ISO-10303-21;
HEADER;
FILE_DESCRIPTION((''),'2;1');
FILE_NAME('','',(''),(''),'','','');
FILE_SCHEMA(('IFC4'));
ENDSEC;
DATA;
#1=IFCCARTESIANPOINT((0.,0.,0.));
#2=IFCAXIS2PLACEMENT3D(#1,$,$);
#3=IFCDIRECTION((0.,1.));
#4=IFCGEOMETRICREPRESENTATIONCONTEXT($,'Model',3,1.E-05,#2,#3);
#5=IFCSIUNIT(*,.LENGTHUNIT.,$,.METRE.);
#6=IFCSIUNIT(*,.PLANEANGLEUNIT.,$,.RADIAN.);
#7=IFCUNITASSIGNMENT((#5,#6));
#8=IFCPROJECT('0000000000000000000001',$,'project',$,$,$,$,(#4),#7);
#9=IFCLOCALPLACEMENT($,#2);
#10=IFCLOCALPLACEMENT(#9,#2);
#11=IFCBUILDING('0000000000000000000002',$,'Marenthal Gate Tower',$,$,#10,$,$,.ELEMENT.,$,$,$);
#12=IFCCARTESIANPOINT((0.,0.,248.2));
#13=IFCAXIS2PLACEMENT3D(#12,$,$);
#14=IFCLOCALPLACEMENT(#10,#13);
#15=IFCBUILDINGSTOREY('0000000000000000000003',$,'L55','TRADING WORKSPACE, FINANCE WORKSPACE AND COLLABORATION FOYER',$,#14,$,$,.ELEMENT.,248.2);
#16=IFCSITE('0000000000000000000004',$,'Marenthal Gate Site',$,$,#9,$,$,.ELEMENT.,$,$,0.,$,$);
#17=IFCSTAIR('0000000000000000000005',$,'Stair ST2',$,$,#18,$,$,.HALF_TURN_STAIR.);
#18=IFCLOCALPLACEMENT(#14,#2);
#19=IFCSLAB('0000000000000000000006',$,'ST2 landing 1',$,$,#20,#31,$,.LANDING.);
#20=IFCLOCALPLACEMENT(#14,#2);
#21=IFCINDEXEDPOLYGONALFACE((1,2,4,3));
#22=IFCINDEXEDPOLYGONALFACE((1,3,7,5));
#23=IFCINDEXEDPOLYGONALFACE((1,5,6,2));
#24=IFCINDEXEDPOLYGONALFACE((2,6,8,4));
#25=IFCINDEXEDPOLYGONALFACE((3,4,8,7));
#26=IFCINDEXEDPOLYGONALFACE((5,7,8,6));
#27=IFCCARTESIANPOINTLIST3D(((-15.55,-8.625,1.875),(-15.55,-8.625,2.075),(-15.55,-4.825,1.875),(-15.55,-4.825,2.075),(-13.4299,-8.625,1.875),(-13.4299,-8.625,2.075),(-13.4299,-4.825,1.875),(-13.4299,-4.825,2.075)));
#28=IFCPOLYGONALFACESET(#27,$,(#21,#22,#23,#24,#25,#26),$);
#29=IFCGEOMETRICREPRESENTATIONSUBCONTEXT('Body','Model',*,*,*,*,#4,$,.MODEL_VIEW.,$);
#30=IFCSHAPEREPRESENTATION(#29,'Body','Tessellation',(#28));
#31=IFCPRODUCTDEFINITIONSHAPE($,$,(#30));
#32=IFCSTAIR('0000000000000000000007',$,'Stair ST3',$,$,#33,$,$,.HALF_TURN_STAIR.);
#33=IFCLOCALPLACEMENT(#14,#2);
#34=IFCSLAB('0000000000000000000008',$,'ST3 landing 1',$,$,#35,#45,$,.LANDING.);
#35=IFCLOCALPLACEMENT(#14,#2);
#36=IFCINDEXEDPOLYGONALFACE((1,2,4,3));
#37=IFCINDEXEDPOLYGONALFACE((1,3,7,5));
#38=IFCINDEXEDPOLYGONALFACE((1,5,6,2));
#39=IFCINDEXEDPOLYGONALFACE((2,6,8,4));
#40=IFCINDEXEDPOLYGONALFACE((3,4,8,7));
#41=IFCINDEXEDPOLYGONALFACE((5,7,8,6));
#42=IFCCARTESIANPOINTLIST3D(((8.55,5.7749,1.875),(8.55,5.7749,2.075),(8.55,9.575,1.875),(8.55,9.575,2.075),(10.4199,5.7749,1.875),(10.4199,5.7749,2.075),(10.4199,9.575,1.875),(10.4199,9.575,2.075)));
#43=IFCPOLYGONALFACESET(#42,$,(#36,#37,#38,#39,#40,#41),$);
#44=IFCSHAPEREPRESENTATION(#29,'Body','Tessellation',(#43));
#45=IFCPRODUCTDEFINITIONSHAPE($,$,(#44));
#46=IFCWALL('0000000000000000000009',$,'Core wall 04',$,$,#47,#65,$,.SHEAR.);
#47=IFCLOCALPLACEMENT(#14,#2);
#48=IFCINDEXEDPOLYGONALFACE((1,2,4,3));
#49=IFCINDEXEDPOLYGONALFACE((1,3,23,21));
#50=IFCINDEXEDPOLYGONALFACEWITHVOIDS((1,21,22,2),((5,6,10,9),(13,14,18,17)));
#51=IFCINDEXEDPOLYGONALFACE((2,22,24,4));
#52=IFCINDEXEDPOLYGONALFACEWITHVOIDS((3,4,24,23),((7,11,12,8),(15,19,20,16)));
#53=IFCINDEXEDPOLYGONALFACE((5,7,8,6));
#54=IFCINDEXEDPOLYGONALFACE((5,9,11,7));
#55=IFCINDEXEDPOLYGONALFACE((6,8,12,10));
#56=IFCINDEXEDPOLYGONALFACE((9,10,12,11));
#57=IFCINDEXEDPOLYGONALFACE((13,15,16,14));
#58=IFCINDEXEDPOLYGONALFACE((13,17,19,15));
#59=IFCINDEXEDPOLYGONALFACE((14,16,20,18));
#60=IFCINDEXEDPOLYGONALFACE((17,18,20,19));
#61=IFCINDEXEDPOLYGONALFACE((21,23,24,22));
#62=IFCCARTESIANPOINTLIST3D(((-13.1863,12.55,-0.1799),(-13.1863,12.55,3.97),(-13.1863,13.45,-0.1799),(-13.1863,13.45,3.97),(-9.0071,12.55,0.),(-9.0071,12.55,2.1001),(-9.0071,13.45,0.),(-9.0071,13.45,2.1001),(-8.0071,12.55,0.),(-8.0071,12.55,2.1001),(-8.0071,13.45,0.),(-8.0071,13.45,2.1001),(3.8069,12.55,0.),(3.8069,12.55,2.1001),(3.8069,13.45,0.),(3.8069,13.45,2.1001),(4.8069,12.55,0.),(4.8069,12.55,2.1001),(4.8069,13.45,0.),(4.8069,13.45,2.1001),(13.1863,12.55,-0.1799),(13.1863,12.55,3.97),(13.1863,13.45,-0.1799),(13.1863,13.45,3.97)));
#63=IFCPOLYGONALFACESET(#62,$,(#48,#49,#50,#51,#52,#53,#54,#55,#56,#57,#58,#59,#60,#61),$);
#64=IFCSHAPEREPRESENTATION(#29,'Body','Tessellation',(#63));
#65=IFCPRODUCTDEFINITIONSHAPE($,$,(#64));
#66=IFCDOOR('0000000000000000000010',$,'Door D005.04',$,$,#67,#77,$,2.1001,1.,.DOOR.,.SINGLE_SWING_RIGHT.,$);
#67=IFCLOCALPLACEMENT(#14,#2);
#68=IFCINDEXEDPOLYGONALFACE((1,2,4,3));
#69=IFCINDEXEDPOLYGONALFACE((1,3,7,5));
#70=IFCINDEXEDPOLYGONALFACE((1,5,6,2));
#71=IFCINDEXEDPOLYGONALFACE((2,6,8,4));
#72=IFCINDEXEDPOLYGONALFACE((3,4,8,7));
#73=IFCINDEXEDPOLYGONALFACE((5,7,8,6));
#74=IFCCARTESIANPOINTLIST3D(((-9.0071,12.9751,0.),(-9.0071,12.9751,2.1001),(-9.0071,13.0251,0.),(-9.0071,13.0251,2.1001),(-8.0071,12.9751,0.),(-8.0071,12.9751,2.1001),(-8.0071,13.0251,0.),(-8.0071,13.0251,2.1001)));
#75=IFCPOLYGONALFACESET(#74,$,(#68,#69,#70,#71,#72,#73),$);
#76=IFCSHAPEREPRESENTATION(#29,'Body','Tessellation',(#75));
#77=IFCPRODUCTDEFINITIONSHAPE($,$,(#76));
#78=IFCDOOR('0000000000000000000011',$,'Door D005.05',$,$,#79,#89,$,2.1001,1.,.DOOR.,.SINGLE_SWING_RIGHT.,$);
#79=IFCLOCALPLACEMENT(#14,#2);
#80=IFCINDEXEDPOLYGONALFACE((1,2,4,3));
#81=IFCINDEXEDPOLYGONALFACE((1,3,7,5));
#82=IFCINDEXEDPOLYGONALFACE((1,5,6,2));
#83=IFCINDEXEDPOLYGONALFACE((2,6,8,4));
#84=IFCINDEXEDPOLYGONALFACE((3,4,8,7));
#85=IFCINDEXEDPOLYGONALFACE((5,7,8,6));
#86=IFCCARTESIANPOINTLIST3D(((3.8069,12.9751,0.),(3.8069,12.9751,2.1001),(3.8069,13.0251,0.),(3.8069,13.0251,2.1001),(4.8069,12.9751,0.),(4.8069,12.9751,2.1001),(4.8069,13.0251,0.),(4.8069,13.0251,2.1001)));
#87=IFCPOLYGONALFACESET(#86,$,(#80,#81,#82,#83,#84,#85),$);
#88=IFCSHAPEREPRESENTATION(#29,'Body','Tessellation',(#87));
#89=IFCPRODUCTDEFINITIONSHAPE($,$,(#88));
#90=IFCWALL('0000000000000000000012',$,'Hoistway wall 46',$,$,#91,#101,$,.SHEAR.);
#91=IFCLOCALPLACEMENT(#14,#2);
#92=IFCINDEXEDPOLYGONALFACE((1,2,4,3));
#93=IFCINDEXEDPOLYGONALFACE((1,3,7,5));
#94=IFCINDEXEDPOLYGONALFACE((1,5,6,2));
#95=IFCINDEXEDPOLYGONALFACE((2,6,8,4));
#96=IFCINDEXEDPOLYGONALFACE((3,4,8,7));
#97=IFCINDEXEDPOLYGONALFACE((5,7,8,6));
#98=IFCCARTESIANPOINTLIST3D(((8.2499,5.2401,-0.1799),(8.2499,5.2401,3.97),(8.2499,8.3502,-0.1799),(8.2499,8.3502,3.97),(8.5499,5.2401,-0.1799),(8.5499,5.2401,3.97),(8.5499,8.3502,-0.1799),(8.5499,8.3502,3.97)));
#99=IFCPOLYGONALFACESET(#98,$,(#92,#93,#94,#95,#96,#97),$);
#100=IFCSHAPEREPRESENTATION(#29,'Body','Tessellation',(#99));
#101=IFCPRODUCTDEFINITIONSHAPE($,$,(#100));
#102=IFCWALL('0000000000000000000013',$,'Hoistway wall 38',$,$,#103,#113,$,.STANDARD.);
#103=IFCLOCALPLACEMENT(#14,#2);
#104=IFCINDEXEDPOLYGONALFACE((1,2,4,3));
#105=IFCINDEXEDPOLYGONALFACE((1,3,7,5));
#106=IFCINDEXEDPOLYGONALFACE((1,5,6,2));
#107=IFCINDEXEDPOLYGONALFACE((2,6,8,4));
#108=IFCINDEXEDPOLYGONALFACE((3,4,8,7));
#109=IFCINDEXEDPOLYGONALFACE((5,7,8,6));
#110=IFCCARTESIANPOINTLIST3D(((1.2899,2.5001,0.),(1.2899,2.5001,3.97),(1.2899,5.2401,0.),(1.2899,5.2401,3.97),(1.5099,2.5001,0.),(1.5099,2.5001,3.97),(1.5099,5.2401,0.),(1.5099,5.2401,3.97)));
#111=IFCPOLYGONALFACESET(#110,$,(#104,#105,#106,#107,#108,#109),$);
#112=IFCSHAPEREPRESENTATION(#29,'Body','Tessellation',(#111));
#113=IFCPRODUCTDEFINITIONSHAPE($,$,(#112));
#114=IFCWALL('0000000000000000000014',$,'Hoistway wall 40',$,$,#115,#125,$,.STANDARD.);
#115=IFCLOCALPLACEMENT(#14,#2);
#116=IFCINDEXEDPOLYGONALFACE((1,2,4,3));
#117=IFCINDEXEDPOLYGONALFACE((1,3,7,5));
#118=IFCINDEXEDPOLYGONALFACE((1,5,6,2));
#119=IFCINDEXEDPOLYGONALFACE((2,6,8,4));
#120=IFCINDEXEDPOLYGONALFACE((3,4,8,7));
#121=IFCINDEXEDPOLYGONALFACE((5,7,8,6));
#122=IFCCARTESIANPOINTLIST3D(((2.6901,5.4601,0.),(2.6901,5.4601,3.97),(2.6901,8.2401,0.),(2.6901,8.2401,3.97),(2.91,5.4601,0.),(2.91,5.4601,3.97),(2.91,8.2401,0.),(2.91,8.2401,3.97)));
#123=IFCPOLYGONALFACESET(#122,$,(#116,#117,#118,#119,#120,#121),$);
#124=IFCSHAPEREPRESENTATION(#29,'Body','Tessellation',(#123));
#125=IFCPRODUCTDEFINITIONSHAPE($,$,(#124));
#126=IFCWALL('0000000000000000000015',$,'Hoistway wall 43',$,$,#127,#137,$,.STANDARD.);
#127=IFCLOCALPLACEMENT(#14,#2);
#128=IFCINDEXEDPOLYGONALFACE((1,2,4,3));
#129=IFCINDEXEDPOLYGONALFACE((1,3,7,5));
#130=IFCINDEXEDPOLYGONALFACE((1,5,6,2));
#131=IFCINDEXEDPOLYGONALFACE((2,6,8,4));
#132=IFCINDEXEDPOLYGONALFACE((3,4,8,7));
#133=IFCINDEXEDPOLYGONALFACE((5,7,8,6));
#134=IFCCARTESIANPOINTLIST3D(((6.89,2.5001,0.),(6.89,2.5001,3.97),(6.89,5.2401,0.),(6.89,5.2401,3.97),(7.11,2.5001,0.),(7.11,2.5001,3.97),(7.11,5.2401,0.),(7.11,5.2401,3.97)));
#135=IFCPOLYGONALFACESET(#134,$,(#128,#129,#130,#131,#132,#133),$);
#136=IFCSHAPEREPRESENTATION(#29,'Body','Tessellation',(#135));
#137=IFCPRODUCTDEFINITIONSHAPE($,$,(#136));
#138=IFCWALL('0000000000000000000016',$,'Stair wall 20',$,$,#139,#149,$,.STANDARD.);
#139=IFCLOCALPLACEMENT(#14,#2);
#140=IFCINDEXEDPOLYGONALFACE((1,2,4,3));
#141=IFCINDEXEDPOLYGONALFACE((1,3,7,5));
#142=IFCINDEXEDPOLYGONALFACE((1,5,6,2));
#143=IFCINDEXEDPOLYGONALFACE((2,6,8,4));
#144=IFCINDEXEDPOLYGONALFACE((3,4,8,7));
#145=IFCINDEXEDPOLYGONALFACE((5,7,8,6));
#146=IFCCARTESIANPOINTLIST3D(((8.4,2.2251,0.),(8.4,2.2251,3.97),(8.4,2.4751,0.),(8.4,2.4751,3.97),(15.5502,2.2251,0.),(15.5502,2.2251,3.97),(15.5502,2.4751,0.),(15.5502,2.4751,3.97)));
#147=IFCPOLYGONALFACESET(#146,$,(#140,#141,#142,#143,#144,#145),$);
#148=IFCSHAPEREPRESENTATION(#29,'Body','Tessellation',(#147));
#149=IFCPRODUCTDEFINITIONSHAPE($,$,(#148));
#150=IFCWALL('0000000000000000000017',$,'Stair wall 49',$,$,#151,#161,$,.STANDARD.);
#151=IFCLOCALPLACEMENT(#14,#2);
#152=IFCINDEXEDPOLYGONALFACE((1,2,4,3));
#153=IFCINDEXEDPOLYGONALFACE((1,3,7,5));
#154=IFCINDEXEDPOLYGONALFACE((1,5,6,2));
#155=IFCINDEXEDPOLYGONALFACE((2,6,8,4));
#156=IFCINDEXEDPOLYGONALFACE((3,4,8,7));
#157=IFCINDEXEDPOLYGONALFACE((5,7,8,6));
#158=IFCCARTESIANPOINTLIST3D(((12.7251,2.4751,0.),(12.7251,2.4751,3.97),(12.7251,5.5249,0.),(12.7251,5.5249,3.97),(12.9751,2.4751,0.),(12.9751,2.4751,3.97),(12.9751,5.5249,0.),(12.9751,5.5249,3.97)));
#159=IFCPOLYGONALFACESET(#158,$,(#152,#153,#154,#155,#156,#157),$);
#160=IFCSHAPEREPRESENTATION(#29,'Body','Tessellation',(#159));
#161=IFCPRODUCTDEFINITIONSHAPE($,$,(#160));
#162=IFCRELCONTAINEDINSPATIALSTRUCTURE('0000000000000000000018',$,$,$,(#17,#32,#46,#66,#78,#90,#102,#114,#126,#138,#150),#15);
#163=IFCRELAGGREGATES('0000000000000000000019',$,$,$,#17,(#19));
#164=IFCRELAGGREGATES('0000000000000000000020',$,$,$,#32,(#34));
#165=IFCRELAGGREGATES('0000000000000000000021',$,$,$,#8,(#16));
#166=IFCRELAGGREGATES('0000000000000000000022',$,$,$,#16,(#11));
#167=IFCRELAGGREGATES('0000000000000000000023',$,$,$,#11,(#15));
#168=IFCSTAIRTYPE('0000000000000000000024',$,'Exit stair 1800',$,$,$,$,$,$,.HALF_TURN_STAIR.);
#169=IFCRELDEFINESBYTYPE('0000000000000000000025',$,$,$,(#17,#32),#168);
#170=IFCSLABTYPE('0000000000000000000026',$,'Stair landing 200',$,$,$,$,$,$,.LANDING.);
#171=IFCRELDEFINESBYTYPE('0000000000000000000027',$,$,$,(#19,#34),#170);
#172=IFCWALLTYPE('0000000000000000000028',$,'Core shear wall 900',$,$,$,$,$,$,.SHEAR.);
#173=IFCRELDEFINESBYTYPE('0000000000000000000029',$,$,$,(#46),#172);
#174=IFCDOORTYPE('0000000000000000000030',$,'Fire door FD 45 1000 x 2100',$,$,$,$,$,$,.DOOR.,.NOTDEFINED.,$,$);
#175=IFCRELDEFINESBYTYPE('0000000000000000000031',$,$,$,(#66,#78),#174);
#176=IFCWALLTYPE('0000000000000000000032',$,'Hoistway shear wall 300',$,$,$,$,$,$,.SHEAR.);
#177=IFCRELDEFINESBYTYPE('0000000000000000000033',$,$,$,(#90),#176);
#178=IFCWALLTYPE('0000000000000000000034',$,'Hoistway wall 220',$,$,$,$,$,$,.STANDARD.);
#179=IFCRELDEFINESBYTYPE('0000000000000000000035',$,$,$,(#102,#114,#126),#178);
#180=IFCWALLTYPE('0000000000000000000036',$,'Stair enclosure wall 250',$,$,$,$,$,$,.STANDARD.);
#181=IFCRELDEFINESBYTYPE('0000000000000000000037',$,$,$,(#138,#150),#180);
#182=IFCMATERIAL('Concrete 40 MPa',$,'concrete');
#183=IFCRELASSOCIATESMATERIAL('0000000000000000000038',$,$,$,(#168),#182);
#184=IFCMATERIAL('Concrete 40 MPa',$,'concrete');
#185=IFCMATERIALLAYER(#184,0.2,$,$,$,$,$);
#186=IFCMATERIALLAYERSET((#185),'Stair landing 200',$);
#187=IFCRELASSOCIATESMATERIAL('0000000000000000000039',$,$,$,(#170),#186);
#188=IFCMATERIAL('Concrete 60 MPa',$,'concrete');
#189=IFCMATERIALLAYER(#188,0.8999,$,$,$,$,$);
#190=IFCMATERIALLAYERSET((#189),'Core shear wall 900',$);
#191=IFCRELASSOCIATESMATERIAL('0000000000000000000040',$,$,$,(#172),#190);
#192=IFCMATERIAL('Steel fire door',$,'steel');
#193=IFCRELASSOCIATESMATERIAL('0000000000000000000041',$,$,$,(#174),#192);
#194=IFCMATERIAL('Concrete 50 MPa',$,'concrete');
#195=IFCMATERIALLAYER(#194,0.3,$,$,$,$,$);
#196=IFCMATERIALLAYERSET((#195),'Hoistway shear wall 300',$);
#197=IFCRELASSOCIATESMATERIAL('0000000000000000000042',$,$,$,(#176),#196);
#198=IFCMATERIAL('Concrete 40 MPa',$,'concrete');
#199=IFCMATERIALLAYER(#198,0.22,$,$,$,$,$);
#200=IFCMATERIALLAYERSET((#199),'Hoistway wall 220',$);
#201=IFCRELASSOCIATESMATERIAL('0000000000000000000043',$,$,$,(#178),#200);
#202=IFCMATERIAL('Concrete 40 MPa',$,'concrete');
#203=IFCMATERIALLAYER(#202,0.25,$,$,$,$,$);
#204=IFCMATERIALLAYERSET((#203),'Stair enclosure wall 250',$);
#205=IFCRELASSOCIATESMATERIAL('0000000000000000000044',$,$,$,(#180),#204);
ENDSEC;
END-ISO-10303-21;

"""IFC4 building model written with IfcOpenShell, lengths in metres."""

from ifc_helpers import new_model, si_unit, direction, frame, frame_2d, origin, place, context, subcontext, project, spatial, polyline, rectangle, outline, extrude, material, layer, layer_set, type_object, element, fill, aggregate, save


model = new_model("IFC4")

# Units and contexts
model_context = context("Model", 3, precision=1e-05, world=origin(), true_north=direction((0.0, 1.0)))
body_context = subcontext(model_context, "Body", "Model", "MODEL_VIEW")
ifc_project = project(units=[si_unit("LENGTHUNIT", "METRE"), si_unit("PLANEANGLEUNIT", "RADIAN")], contexts=[model_context])

# Site, building, storey
site_placement = place(None, origin())
site = spatial("IfcSite", under=ifc_project, at=site_placement, Name="Marenthal Gate Site", CompositionType="ELEMENT", RefElevation=0.0)
building_placement = place(site_placement, origin())
building = spatial("IfcBuilding", under=site, at=building_placement, Name="Marenthal Gate Tower", CompositionType="ELEMENT")
storey_placement = place(building_placement, frame((0.0, 0.0, 248.2)))
storey = spatial("IfcBuildingStorey", under=building, at=storey_placement, Name="L55", Description="TRADING WORKSPACE, FINANCE WORKSPACE AND COLLABORATION FOYER", CompositionType="ELEMENT", Elevation=248.2)

# Stairs, slabs
ifc_material_1 = material(Name="Concrete 40 MPa", Category="concrete")
stair_type = type_object("IfcStairType", Name="Exit stair 1800", PredefinedType="HALF_TURN_STAIR", material=ifc_material_1)
stair_1_placement = place(storey_placement, origin())
stair_1 = element("IfcStair", 1, at=stair_1_placement, inside=storey, type_object=stair_type, Name="Stair ST2", PredefinedType="HALF_TURN_STAIR")
ifc_material_2 = material(Name="Concrete 40 MPa", Category="concrete")
ifc_layer_1 = layer(ifc_material_2, 0.2)
ifc_layer_set_1 = layer_set([ifc_layer_1], Name="Stair landing 200")
slab_type = type_object("IfcSlabType", Name="Stair landing 200", PredefinedType="LANDING", material=ifc_layer_set_1)
slab_1_placement = place(storey_placement, frame((0.0, 0.0, 1.875)))
slab_1 = element("IfcSlab", 2, at=slab_1_placement, type_object=slab_type, Name="ST2 landing 1", PredefinedType="LANDING", context=body_context, shape_type="SweptSolid", body=[
    extrude(outline(polyline([(-15.55, -8.625), (-13.4299, -8.625), (-13.4299, -4.825), (-15.55, -4.825), (-15.55, -8.625)])), origin(), (0.0, 0.0, 1.0), 0.2),
])
aggregate(stair_1, [slab_1])
stair_2_placement = place(storey_placement, origin())
stair_2 = element("IfcStair", 3, at=stair_2_placement, inside=storey, type_object=stair_type, Name="Stair ST3", PredefinedType="HALF_TURN_STAIR")
slab_2_placement = place(storey_placement, frame((0.0, 0.0, 1.875)))
slab_2 = element("IfcSlab", 4, at=slab_2_placement, type_object=slab_type, Name="ST3 landing 1", PredefinedType="LANDING", context=body_context, shape_type="SweptSolid", body=[
    extrude(outline(polyline([(8.55, 5.7749), (10.4199, 5.7749), (10.4199, 9.575), (8.55, 9.575), (8.55, 5.7749)])), origin(), (0.0, 0.0, 1.0), 0.2),
])

# Wall, openings, doors
ifc_material_3 = material(Name="Concrete 60 MPa", Category="concrete")
ifc_layer_2 = layer(ifc_material_3, 0.8999)
ifc_layer_set_2 = layer_set([ifc_layer_2], Name="Core shear wall 900")
wall_type_1 = type_object("IfcWallType", Name="Core shear wall 900", PredefinedType="SHEAR", material=ifc_layer_set_2)
wall_1_placement = place(storey_placement, frame((13.1863, 13.0, -0.1799), z_axis=(0.0, 0.0, 1.0), x_axis=(-1.0, 0.0, 0.0)))
wall_1 = element("IfcWall", 5, at=wall_1_placement, inside=storey, type_object=wall_type_1, Name="Core wall 04", PredefinedType="SHEAR", context=body_context, shape_type="SweptSolid", body=[
    extrude(rectangle(XDim=26.3726, YDim=0.8999, at=frame_2d((13.1863, 0.0))), origin(), (0.0, 0.0, 1.0), 4.1499),
])
opening_1_placement = place(wall_1_placement, frame((21.1934, 0.0, 0.1799)))
opening_1 = element("IfcOpeningElement", 6, at=opening_1_placement, cuts=wall_1, PredefinedType="OPENING", context=body_context, shape_type="SweptSolid", body=[
    extrude(rectangle(XDim=1.0, YDim=2.1001, at=frame_2d((0.5, 1.05))), frame((0.0, 0.46, 0.0), z_axis=(0.0, -1.0, 0.0), x_axis=(1.0, 0.0, 0.0)), (0.0, 0.0, 1.0), 0.9199),
])
opening_2_placement = place(wall_1_placement, frame((8.3794, 0.0, 0.1799)))
opening_2 = element("IfcOpeningElement", 7, at=opening_2_placement, cuts=wall_1, PredefinedType="OPENING", context=body_context, shape_type="SweptSolid", body=[
    extrude(rectangle(XDim=1.0, YDim=2.1001, at=frame_2d((0.5, 1.05))), frame((0.0, 0.46, 0.0), z_axis=(0.0, -1.0, 0.0), x_axis=(1.0, 0.0, 0.0)), (0.0, 0.0, 1.0), 0.9199),
])
ifc_material_4 = material(Name="Steel fire door", Category="steel")
door_type_1 = type_object("IfcDoorType", Name="Fire door FD 45 1000 x 2100", OperationType="NOTDEFINED", PredefinedType="DOOR", material=ifc_material_4)
door_1_placement = place(opening_1_placement, origin())
door_1 = element("IfcDoor", 8, at=door_1_placement, inside=storey, type_object=door_type_1, Name="Door D005.04", OperationType="SINGLE_SWING_RIGHT", OverallHeight=2.1001, OverallWidth=1.0, PredefinedType="DOOR", context=body_context, shape_type="SweptSolid", body=[
    extrude(rectangle(XDim=1.0, YDim=2.1001, at=frame_2d((0.5, 1.05))), frame((0.0, 0.0249, 0.0), z_axis=(0.0, -1.0, 0.0), x_axis=(1.0, 0.0, 0.0)), (0.0, 0.0, 1.0), 0.05),
])
fill(opening_1, door_1)
door_2_placement = place(opening_2_placement, origin())
door_2 = element("IfcDoor", 9, at=door_2_placement, inside=storey, type_object=door_type_1, Name="Door D005.05", OperationType="SINGLE_SWING_RIGHT", OverallHeight=2.1001, OverallWidth=1.0, PredefinedType="DOOR", context=body_context, shape_type="SweptSolid", body=[
    extrude(rectangle(XDim=1.0, YDim=2.1001, at=frame_2d((0.5, 1.05))), frame((0.0, 0.0249, 0.0), z_axis=(0.0, -1.0, 0.0), x_axis=(1.0, 0.0, 0.0)), (0.0, 0.0, 1.0), 0.05),
])
fill(opening_2, door_2)

# Walls
ifc_material_5 = material(Name="Concrete 50 MPa", Category="concrete")
ifc_layer_3 = layer(ifc_material_5, 0.3)
ifc_layer_set_3 = layer_set([ifc_layer_3], Name="Hoistway shear wall 300")
wall_type_2 = type_object("IfcWallType", Name="Hoistway shear wall 300", PredefinedType="SHEAR", material=ifc_layer_set_3)
wall_2_placement = place(storey_placement, frame((8.3999, 5.24, -0.1799), z_axis=(0.0, 0.0, 1.0), x_axis=(0.0, 1.0, 0.0)))
element("IfcWall", 10, at=wall_2_placement, inside=storey, type_object=wall_type_2, Name="Hoistway wall 46", PredefinedType="SHEAR", context=body_context, shape_type="SweptSolid", body=[
    extrude(rectangle(XDim=3.1101, YDim=0.3, at=frame_2d((1.5552, 0.0))), origin(), (0.0, 0.0, 1.0), 4.1499),
])
ifc_material_6 = material(Name="Concrete 40 MPa", Category="concrete")
ifc_layer_4 = layer(ifc_material_6, 0.22)
ifc_layer_set_4 = layer_set([ifc_layer_4], Name="Hoistway wall 220")
wall_type_3 = type_object("IfcWallType", Name="Hoistway wall 220", PredefinedType="STANDARD", material=ifc_layer_set_4)
wall_3_placement = place(storey_placement, frame((1.3999, 2.5, 0.0), z_axis=(0.0, 0.0, 1.0), x_axis=(0.0, 1.0, 0.0)))
element("IfcWall", 11, at=wall_3_placement, inside=storey, type_object=wall_type_3, Name="Hoistway wall 38", PredefinedType="STANDARD", context=body_context, shape_type="SweptSolid", body=[
    extrude(rectangle(XDim=2.74, YDim=0.22, at=frame_2d((1.3701, 0.0))), origin(), (0.0, 0.0, 1.0), 3.97),
])
wall_4_placement = place(storey_placement, frame((2.8, 5.46, 0.0), z_axis=(0.0, 0.0, 1.0), x_axis=(0.0, 1.0, 0.0)))
element("IfcWall", 12, at=wall_4_placement, inside=storey, type_object=wall_type_3, Name="Hoistway wall 40", PredefinedType="STANDARD", context=body_context, shape_type="SweptSolid", body=[
    extrude(rectangle(XDim=2.78, YDim=0.22, at=frame_2d((1.3901, 0.0))), origin(), (0.0, 0.0, 1.0), 3.97),
])
wall_5_placement = place(storey_placement, frame((7.0, 2.5, 0.0), z_axis=(0.0, 0.0, 1.0), x_axis=(0.0, 1.0, 0.0)))
element("IfcWall", 13, at=wall_5_placement, inside=storey, type_object=wall_type_3, Name="Hoistway wall 43", PredefinedType="STANDARD", context=body_context, shape_type="SweptSolid", body=[
    extrude(rectangle(XDim=2.74, YDim=0.22, at=frame_2d((1.3701, 0.0))), origin(), (0.0, 0.0, 1.0), 3.97),
])
ifc_material_7 = material(Name="Concrete 40 MPa", Category="concrete")
ifc_layer_5 = layer(ifc_material_7, 0.25)
ifc_layer_set_5 = layer_set([ifc_layer_5], Name="Stair enclosure wall 250")
wall_type_4 = type_object("IfcWallType", Name="Stair enclosure wall 250", PredefinedType="STANDARD", material=ifc_layer_set_5)
wall_6_placement = place(storey_placement, frame((8.3999, 2.3501, 0.0), z_axis=(0.0, 0.0, 1.0), x_axis=(1.0, 0.0, 0.0)))
element("IfcWall", 14, at=wall_6_placement, inside=storey, type_object=wall_type_4, Name="Stair wall 20", PredefinedType="STANDARD", context=body_context, shape_type="SweptSolid", body=[
    extrude(rectangle(XDim=7.1501, YDim=0.25, at=frame_2d((3.5752, 0.0))), origin(), (0.0, 0.0, 1.0), 3.97),
])
wall_7_placement = place(storey_placement, frame((12.8501, 2.4751, 0.0), z_axis=(0.0, 0.0, 1.0), x_axis=(0.0, 1.0, 0.0)))
element("IfcWall", 15, at=wall_7_placement, inside=storey, type_object=wall_type_4, Name="Stair wall 49", PredefinedType="STANDARD", context=body_context, shape_type="SweptSolid", body=[
    extrude(rectangle(XDim=3.0498, YDim=0.25, at=frame_2d((1.5249, 0.0))), origin(), (0.0, 0.0, 1.0), 3.97),
])

aggregate(stair_2, [slab_2])

save(model, "model.ifc")
